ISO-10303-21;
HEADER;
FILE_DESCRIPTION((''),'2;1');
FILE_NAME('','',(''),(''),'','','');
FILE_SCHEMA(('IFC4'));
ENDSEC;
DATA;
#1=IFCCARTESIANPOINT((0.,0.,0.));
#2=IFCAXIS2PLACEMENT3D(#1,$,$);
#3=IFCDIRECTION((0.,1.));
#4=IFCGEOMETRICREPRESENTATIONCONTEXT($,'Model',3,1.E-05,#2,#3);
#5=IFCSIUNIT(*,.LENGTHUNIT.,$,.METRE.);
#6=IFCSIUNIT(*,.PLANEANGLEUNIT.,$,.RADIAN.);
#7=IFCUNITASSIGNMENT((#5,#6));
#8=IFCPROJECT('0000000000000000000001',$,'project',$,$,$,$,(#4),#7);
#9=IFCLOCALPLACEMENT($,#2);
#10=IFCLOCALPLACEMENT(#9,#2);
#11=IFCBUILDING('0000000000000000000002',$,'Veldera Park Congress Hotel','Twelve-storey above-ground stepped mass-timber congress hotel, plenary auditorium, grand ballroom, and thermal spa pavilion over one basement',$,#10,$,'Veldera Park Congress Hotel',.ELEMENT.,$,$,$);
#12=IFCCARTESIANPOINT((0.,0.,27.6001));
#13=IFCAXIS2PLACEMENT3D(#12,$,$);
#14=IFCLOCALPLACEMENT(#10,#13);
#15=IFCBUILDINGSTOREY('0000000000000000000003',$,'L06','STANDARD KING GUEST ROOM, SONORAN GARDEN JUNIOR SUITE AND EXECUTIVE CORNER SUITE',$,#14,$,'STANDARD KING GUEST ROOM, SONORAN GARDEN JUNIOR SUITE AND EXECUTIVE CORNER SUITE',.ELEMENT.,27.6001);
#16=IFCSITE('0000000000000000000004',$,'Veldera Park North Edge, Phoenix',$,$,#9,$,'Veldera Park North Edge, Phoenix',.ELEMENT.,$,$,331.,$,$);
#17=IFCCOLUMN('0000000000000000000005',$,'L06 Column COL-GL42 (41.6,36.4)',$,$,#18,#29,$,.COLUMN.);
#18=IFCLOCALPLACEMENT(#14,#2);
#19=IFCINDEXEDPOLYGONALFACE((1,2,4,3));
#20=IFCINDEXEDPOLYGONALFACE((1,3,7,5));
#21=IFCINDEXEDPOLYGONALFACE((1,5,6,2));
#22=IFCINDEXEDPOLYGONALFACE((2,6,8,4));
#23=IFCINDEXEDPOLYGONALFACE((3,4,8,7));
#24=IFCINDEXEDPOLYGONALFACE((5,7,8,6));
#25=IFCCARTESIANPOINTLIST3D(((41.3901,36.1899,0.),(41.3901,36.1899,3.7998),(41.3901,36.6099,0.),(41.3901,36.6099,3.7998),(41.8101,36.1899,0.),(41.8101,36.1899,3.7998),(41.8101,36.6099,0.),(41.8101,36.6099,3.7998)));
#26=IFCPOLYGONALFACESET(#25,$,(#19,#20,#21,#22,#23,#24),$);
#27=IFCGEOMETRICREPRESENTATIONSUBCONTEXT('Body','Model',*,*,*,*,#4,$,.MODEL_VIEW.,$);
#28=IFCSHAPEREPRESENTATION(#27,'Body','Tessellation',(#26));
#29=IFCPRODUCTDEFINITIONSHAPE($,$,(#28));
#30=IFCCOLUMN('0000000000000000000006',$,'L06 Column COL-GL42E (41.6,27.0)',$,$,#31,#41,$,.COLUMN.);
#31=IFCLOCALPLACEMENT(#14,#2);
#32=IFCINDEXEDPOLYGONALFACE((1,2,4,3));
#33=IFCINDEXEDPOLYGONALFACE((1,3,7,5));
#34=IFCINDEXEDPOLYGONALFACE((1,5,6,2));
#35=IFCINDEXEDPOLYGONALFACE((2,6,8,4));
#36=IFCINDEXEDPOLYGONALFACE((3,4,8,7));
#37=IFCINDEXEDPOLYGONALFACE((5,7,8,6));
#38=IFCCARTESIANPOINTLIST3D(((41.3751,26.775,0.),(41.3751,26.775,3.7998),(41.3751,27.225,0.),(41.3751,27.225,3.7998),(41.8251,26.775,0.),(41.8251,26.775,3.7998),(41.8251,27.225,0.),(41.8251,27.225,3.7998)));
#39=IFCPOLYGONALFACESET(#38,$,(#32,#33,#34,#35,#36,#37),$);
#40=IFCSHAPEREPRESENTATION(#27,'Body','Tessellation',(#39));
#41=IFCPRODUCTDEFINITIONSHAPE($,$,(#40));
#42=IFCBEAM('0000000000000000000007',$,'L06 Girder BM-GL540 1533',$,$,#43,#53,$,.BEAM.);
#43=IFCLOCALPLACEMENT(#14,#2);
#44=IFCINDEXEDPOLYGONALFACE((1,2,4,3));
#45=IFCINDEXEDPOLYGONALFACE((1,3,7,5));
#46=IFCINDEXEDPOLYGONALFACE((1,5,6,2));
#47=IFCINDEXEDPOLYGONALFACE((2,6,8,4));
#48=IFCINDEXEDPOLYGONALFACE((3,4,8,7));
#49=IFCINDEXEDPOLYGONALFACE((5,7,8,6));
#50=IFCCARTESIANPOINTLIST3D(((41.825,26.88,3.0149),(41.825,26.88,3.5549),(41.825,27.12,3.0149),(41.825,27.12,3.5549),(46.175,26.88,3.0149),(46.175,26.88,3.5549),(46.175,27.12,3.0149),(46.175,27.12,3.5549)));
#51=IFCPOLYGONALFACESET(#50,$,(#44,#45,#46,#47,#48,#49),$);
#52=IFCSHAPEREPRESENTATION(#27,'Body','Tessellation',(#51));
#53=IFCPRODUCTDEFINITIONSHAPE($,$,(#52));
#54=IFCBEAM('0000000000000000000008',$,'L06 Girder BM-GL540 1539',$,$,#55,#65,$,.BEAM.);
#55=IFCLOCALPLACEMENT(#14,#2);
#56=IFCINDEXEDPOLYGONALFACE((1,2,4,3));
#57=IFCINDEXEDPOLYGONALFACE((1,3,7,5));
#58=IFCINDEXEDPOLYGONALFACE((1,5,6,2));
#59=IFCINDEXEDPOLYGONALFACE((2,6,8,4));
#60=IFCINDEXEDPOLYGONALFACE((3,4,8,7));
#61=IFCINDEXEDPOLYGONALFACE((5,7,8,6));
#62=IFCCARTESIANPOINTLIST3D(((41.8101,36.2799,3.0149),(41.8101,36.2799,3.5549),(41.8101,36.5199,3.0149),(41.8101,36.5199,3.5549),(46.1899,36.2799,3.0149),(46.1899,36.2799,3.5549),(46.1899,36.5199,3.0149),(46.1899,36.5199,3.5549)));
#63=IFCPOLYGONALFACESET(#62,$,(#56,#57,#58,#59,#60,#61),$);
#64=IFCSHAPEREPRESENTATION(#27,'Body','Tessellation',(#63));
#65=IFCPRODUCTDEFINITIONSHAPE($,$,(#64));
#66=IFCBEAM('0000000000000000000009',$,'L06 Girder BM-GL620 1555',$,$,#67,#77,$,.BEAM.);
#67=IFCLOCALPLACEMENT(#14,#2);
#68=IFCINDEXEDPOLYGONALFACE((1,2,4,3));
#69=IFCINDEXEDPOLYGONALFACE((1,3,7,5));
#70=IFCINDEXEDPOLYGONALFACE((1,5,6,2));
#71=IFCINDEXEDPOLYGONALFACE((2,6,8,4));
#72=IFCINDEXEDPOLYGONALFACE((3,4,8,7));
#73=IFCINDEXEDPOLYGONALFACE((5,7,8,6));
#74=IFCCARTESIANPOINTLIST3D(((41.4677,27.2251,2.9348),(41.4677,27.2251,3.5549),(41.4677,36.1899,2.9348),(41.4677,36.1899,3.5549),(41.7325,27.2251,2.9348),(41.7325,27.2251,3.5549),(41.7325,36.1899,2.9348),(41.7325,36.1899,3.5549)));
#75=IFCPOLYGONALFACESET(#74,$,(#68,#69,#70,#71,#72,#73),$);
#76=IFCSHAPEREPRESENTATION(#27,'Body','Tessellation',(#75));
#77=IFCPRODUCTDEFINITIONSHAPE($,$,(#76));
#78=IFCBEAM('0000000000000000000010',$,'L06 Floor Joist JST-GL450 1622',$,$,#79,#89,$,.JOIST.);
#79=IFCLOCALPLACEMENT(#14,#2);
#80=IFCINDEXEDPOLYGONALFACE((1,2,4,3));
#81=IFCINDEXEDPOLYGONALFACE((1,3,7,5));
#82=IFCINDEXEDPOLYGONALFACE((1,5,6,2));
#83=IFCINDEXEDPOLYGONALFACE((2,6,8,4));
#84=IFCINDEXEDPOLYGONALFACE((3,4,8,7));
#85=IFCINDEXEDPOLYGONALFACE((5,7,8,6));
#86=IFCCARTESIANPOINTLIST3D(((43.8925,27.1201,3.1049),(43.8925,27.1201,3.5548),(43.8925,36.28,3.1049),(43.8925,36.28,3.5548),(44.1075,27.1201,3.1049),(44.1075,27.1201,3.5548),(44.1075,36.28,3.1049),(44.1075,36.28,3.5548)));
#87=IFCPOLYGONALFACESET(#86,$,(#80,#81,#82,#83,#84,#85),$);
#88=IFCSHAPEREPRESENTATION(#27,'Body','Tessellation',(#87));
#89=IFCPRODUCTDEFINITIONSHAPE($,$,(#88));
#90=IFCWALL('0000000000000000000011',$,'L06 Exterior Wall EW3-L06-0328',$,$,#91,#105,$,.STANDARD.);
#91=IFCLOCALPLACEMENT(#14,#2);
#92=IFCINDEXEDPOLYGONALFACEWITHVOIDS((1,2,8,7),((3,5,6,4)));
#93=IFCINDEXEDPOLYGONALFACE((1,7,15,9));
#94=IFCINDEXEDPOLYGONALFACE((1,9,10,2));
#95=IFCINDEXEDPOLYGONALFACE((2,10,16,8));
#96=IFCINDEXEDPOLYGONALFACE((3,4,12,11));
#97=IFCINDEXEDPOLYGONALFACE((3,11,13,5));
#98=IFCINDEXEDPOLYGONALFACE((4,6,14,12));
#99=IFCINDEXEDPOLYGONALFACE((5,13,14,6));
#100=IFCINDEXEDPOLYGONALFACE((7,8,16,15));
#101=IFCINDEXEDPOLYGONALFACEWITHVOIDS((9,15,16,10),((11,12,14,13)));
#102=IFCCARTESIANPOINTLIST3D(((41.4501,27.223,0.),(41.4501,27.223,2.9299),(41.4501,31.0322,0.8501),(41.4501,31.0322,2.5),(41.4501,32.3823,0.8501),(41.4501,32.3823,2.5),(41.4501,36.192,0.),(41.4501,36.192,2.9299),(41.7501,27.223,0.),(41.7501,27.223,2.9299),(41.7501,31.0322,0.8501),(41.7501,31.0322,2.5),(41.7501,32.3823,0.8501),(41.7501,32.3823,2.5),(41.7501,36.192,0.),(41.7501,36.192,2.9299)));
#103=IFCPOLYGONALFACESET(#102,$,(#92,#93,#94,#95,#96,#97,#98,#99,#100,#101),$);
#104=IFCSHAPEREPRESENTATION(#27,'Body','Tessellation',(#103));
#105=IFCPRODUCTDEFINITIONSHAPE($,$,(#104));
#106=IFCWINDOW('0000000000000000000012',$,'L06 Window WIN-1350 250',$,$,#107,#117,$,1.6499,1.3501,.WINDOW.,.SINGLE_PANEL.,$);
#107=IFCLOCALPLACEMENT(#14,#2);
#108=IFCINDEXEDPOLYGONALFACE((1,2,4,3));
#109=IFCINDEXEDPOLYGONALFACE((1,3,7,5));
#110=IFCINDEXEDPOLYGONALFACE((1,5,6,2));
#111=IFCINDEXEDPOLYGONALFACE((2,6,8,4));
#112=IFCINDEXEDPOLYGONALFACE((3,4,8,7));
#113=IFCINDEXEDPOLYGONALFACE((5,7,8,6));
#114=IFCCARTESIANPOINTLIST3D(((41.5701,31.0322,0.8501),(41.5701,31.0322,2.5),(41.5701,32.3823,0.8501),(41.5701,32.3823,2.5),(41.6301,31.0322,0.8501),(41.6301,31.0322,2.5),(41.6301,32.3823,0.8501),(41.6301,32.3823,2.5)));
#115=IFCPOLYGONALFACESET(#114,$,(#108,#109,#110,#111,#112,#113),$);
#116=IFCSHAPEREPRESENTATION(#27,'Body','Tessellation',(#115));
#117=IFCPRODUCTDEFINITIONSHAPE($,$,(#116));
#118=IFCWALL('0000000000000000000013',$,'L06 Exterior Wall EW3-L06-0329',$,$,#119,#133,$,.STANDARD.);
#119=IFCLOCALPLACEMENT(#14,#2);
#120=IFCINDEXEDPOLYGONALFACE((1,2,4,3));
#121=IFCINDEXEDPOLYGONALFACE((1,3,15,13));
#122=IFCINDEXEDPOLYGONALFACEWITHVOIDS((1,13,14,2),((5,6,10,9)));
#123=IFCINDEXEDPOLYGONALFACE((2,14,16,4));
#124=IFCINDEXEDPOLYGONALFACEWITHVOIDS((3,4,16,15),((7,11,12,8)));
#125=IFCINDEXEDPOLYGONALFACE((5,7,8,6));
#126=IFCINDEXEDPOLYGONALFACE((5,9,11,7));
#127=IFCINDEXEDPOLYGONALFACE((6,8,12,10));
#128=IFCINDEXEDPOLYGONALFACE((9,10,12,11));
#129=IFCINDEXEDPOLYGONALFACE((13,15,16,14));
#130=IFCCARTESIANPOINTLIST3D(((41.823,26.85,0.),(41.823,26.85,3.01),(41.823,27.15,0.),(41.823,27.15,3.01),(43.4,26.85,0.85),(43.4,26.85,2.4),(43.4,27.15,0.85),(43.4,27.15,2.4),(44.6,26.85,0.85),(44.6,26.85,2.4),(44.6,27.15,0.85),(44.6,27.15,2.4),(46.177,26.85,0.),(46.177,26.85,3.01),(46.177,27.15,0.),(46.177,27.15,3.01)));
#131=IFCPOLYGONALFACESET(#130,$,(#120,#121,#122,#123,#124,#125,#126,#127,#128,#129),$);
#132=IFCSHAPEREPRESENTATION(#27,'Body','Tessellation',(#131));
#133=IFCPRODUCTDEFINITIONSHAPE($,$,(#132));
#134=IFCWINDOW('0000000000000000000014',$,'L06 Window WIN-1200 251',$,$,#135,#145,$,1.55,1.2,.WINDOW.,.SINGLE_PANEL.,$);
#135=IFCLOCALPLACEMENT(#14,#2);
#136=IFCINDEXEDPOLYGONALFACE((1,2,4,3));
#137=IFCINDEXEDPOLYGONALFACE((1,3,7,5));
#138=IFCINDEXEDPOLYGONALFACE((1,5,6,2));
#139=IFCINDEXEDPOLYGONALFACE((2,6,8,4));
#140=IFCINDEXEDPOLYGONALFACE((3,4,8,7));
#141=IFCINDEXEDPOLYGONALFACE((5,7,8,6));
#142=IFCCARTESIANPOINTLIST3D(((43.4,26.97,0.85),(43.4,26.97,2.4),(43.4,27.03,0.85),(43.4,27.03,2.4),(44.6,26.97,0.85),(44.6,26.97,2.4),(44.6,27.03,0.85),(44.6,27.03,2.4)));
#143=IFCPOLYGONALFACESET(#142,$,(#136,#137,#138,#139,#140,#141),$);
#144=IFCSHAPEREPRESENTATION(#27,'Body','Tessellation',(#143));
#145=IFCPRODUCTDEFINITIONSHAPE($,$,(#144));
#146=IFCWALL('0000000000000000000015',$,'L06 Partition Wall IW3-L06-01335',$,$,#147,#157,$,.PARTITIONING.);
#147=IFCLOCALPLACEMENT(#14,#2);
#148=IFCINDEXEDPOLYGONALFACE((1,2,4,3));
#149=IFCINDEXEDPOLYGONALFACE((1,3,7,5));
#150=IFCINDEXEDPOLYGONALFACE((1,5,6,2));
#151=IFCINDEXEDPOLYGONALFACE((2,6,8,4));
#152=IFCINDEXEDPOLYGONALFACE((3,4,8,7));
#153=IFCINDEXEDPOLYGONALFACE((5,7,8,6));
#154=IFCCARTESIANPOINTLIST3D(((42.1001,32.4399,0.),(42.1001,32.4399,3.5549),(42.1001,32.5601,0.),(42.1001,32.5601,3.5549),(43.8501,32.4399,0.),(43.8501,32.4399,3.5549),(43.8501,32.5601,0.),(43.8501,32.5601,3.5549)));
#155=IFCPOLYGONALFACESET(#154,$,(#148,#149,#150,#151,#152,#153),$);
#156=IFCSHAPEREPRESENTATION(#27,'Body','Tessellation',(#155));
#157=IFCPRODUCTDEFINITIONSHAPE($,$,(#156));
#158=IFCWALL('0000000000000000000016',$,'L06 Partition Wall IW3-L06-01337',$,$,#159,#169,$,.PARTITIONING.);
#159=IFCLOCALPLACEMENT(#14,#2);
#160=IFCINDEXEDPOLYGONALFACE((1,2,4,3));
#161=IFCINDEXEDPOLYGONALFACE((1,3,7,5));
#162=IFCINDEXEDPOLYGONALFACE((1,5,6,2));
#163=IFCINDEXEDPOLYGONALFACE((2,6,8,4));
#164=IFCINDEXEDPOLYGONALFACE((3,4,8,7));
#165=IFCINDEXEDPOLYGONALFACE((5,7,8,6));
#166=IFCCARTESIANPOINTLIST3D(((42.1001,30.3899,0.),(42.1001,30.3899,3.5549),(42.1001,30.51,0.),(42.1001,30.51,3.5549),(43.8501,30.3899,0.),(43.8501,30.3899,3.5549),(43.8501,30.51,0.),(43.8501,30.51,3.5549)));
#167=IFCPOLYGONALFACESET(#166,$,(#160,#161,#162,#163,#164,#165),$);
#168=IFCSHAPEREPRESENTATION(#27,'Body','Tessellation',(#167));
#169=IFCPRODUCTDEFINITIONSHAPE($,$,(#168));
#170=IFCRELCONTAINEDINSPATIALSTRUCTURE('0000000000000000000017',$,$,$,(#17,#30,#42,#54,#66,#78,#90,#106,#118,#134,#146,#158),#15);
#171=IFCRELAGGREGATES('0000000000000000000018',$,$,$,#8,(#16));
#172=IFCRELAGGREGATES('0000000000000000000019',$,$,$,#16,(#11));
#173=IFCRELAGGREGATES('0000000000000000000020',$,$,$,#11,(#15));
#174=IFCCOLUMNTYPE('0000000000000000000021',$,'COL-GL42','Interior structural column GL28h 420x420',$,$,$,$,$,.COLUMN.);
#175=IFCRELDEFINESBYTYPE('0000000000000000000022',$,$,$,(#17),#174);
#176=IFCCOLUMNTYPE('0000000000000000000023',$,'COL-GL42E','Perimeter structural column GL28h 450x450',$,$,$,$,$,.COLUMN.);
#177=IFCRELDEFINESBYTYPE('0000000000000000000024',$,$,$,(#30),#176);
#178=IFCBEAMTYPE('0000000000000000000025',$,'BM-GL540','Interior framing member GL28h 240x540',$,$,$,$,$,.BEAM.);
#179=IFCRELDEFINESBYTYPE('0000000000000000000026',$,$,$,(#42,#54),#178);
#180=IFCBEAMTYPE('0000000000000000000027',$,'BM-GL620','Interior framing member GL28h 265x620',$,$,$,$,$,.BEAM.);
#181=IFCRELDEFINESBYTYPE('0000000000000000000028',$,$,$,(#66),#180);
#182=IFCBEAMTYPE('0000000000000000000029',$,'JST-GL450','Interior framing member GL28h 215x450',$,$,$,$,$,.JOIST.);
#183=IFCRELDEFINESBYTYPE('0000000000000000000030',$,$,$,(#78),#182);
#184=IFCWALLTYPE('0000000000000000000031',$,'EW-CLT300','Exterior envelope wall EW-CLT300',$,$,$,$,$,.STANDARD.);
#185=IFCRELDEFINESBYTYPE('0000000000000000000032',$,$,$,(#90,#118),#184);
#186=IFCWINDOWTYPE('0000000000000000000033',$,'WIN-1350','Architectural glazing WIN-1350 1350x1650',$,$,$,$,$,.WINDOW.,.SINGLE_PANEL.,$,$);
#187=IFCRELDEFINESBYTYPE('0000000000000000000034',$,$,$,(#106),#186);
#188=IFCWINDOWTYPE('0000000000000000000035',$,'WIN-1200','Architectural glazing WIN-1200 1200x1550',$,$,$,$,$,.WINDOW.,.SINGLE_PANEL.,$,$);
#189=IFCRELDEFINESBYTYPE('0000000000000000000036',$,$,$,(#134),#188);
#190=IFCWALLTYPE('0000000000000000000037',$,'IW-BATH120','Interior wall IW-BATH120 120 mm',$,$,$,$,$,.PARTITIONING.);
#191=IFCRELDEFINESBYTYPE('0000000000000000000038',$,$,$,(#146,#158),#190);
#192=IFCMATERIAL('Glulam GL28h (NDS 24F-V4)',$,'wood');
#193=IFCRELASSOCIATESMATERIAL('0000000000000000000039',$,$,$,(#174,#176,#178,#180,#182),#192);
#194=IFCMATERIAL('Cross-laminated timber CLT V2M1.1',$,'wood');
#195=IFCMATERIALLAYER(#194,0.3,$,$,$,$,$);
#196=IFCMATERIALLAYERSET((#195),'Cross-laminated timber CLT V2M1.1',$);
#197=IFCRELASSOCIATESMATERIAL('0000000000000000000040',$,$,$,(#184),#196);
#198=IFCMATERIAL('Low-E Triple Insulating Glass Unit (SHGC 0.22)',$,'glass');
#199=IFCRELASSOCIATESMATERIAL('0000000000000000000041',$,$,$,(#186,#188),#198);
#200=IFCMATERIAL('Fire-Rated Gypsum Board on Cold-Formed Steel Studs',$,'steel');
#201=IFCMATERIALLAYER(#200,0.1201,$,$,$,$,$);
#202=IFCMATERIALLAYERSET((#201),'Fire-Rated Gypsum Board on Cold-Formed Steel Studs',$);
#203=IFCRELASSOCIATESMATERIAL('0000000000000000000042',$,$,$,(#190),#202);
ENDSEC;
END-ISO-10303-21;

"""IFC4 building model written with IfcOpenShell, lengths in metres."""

from ifc_helpers import new_model, si_unit, direction, frame, frame_2d, origin, origin_2d, place, context, subcontext, project, spatial, rectangle, extrude, material, layer, layer_set, material_profile, profile_set, type_object, element, fill, save


model = new_model("IFC4")

# Units and contexts
model_context = context("Model", 3, precision=1e-05, world=origin(), true_north=direction((0.0, 1.0)))
body_context = subcontext(model_context, "Body", "Model", "MODEL_VIEW")
ifc_project = project(units=[si_unit("LENGTHUNIT", "METRE"), si_unit("PLANEANGLEUNIT", "RADIAN")], contexts=[model_context])

# Site, building, storey
site_placement = place(None, origin())
site = spatial("IfcSite", under=ifc_project, at=site_placement, Name="Veldera Park North Edge, Phoenix", LongName="Veldera Park North Edge, Phoenix", CompositionType="ELEMENT", RefElevation=331.0)
building_placement = place(site_placement, origin())
building = spatial("IfcBuilding", under=site, at=building_placement, Name="Veldera Park Congress Hotel", Description="Twelve-storey above-ground stepped mass-timber congress hotel, plenary auditorium, grand ballroom, and thermal spa pavilion over one basement", LongName="Veldera Park Congress Hotel", CompositionType="ELEMENT")
storey_placement = place(building_placement, frame((0.0, 0.0, 27.6001)))
storey = spatial("IfcBuildingStorey", under=building, at=storey_placement, Name="L06", Description="STANDARD KING GUEST ROOM, SONORAN GARDEN JUNIOR SUITE AND EXECUTIVE CORNER SUITE", LongName="STANDARD KING GUEST ROOM, SONORAN GARDEN JUNIOR SUITE AND EXECUTIVE CORNER SUITE", CompositionType="ELEMENT", Elevation=27.6001)

# Columns
ifc_material_1 = material(Name="Glulam GL28h (NDS 24F-V4)", Category="wood")
ifc_material_profile_1 = material_profile(ifc_material_1, rectangle(XDim=0.4199, YDim=0.4199, at=origin_2d()), Name="GL28h 420x420")
ifc_profile_set_1 = profile_set([ifc_material_profile_1], Name="Glulam GL28h (NDS 24F-V4)")
column_type_1 = type_object("IfcColumnType", Name="COL-GL42", Description="Interior structural column GL28h 420x420", PredefinedType="COLUMN", material=ifc_profile_set_1)
column_1_placement = place(storey_placement, frame((41.6001, 36.3999, 0.0), z_axis=(0.0, 0.0, 1.0), x_axis=(1.0, 0.0, 0.0)))
element("IfcColumn", 1, at=column_1_placement, inside=storey, type_object=column_type_1, Name="L06 Column COL-GL42 (41.6,36.4)", PredefinedType="COLUMN", context=body_context, shape_type="SweptSolid", body=[
    extrude(rectangle(XDim=0.4199, YDim=0.4199, at=origin_2d()), origin(), (0.0, 0.0, 1.0), 3.7998),
])
ifc_material_profile_2 = material_profile(ifc_material_1, rectangle(XDim=0.45, YDim=0.45, at=origin_2d()), Name="GL28h 450x450")
ifc_profile_set_2 = profile_set([ifc_material_profile_2], Name="Glulam GL28h (NDS 24F-V4)")
column_type_2 = type_object("IfcColumnType", Name="COL-GL42E", Description="Perimeter structural column GL28h 450x450", PredefinedType="COLUMN", material=ifc_profile_set_2)
column_2_placement = place(storey_placement, frame((41.6001, 27.0, 0.0), z_axis=(0.0, 0.0, 1.0), x_axis=(1.0, 0.0, 0.0)))
element("IfcColumn", 2, at=column_2_placement, inside=storey, type_object=column_type_2, Name="L06 Column COL-GL42E (41.6,27.0)", PredefinedType="COLUMN", context=body_context, shape_type="SweptSolid", body=[
    extrude(rectangle(XDim=0.45, YDim=0.45, at=origin_2d()), origin(), (0.0, 0.0, 1.0), 3.7998),
])

# Beams
ifc_material_profile_3 = material_profile(ifc_material_1, rectangle(XDim=0.24, YDim=0.54, at=origin_2d()), Name="GL28h 240x540")
ifc_profile_set_3 = profile_set([ifc_material_profile_3], Name="Glulam GL28h (NDS 24F-V4)")
beam_type_1 = type_object("IfcBeamType", Name="BM-GL540", Description="Interior framing member GL28h 240x540", PredefinedType="BEAM", material=ifc_profile_set_3)
beam_1_placement = place(storey_placement, frame((41.825, 27.0, 3.2849), z_axis=(1.0, 0.0, 0.0), x_axis=(0.0, 1.0, 0.0)))
element("IfcBeam", 3, at=beam_1_placement, inside=storey, type_object=beam_type_1, Name="L06 Girder BM-GL540 1533", PredefinedType="BEAM", context=body_context, shape_type="SweptSolid", body=[
    extrude(rectangle(XDim=0.24, YDim=0.54, at=origin_2d()), origin(), (0.0, 0.0, 1.0), 4.3501),
])
beam_2_placement = place(storey_placement, frame((41.8101, 36.3999, 3.2849), z_axis=(1.0, 0.0, 0.0), x_axis=(0.0, 1.0, 0.0)))
element("IfcBeam", 4, at=beam_2_placement, inside=storey, type_object=beam_type_1, Name="L06 Girder BM-GL540 1539", PredefinedType="BEAM", context=body_context, shape_type="SweptSolid", body=[
    extrude(rectangle(XDim=0.24, YDim=0.54, at=origin_2d()), origin(), (0.0, 0.0, 1.0), 4.3799),
])
ifc_material_profile_4 = material_profile(ifc_material_1, rectangle(XDim=0.2649, YDim=0.6201, at=origin_2d()), Name="GL28h 265x620")
ifc_profile_set_4 = profile_set([ifc_material_profile_4], Name="Glulam GL28h (NDS 24F-V4)")
beam_type_2 = type_object("IfcBeamType", Name="BM-GL620", Description="Interior framing member GL28h 265x620", PredefinedType="BEAM", material=ifc_profile_set_4)
beam_3_placement = place(storey_placement, frame((41.6001, 27.2251, 3.2449), z_axis=(0.0, 1.0, 0.0), x_axis=(-1.0, 0.0, 0.0)))
element("IfcBeam", 5, at=beam_3_placement, inside=storey, type_object=beam_type_2, Name="L06 Girder BM-GL620 1555", PredefinedType="BEAM", context=body_context, shape_type="SweptSolid", body=[
    extrude(rectangle(XDim=0.2649, YDim=0.6201, at=origin_2d()), origin(), (0.0, 0.0, 1.0), 8.9648),
])
ifc_material_profile_5 = material_profile(ifc_material_1, rectangle(XDim=0.2151, YDim=0.45, at=origin_2d()), Name="GL28h 215x450")
ifc_profile_set_5 = profile_set([ifc_material_profile_5], Name="Glulam GL28h (NDS 24F-V4)")
beam_type_3 = type_object("IfcBeamType", Name="JST-GL450", Description="Interior framing member GL28h 215x450", PredefinedType="JOIST", material=ifc_profile_set_5)
beam_4_placement = place(storey_placement, frame((44.0, 27.1201, 3.3298), z_axis=(0.0, 1.0, 0.0), x_axis=(-1.0, 0.0, 0.0)))
element("IfcBeam", 6, at=beam_4_placement, inside=storey, type_object=beam_type_3, Name="L06 Floor Joist JST-GL450 1622", PredefinedType="JOIST", context=body_context, shape_type="SweptSolid", body=[
    extrude(rectangle(XDim=0.2151, YDim=0.45, at=origin_2d()), origin(), (0.0, 0.0, 1.0), 9.1599),
])

# Walls, openings, windows
ifc_material_2 = material(Name="Cross-laminated timber CLT V2M1.1", Category="wood")
ifc_layer_1 = layer(ifc_material_2, 0.3)
ifc_layer_set_1 = layer_set([ifc_layer_1], Name="Cross-laminated timber CLT V2M1.1")
wall_type_1 = type_object("IfcWallType", Name="EW-CLT300", Description="Exterior envelope wall EW-CLT300", PredefinedType="STANDARD", material=ifc_layer_set_1)
wall_1_placement = place(storey_placement, frame((41.6001, 36.1919, 0.0), z_axis=(0.0, 0.0, 1.0), x_axis=(0.0, -1.0, 0.0)))
wall_1 = element("IfcWall", 7, at=wall_1_placement, inside=storey, type_object=wall_type_1, Name="L06 Exterior Wall EW3-L06-0328", PredefinedType="STANDARD", context=body_context, shape_type="SweptSolid", body=[
    extrude(rectangle(XDim=8.969, YDim=0.3, at=frame_2d((4.4844, 0.0))), origin(), (0.0, 0.0, 1.0), 2.9299),
])
opening_1_placement = place(wall_1_placement, frame((3.8096, 0.0, 0.8501)))
opening_1 = element("IfcOpeningElement", 8, at=opening_1_placement, cuts=wall_1, PredefinedType="OPENING", context=body_context, shape_type="SweptSolid", body=[
    extrude(rectangle(XDim=1.3501, YDim=1.6499, at=frame_2d((0.675, 0.825))), frame((0.0, 0.1621, 0.0), z_axis=(0.0, -1.0, 0.0), x_axis=(1.0, 0.0, 0.0)), (0.0, 0.0, 1.0), 0.324),
])
ifc_material_3 = material(Name="Low-E Triple Insulating Glass Unit (SHGC 0.22)", Category="glass")
window_type_1 = type_object("IfcWindowType", Name="WIN-1350", Description="Architectural glazing WIN-1350 1350x1650", PartitioningType="SINGLE_PANEL", PredefinedType="WINDOW", material=ifc_material_3)
window_1_placement = place(opening_1_placement, origin())
window_1 = element("IfcWindow", 9, at=window_1_placement, inside=storey, type_object=window_type_1, Name="L06 Window WIN-1350 250", OverallHeight=1.6499, OverallWidth=1.3501, PartitioningType="SINGLE_PANEL", PredefinedType="WINDOW", context=body_context, shape_type="SweptSolid", body=[
    extrude(rectangle(XDim=1.3501, YDim=1.6499, at=frame_2d((0.675, 0.825))), frame((0.0, 0.03, 0.0), z_axis=(0.0, -1.0, 0.0), x_axis=(1.0, 0.0, 0.0)), (0.0, 0.0, 1.0), 0.0601),
])
fill(opening_1, window_1)
wall_2_placement = place(storey_placement, frame((41.823, 27.0, 0.0), z_axis=(0.0, 0.0, 1.0), x_axis=(1.0, 0.0, 0.0)))
wall_2 = element("IfcWall", 10, at=wall_2_placement, inside=storey, type_object=wall_type_1, Name="L06 Exterior Wall EW3-L06-0329", PredefinedType="STANDARD", context=body_context, shape_type="SweptSolid", body=[
    extrude(rectangle(XDim=4.354, YDim=0.3, at=frame_2d((2.177, 0.0))), origin(), (0.0, 0.0, 1.0), 3.01),
])
opening_2_placement = place(wall_2_placement, frame((1.5769, 0.0, 0.8501)))
opening_2 = element("IfcOpeningElement", 11, at=opening_2_placement, cuts=wall_2, PredefinedType="OPENING", context=body_context, shape_type="SweptSolid", body=[
    extrude(rectangle(XDim=1.2, YDim=1.55, at=frame_2d((0.6001, 0.7749))), frame((0.0, 0.1621, 0.0), z_axis=(0.0, -1.0, 0.0), x_axis=(1.0, 0.0, 0.0)), (0.0, 0.0, 1.0), 0.324),
])
window_type_2 = type_object("IfcWindowType", Name="WIN-1200", Description="Architectural glazing WIN-1200 1200x1550", PartitioningType="SINGLE_PANEL", PredefinedType="WINDOW", material=ifc_material_3)
window_2_placement = place(opening_2_placement, origin())
window_2 = element("IfcWindow", 12, at=window_2_placement, inside=storey, type_object=window_type_2, Name="L06 Window WIN-1200 251", OverallHeight=1.55, OverallWidth=1.2, PartitioningType="SINGLE_PANEL", PredefinedType="WINDOW", context=body_context, shape_type="SweptSolid", body=[
    extrude(rectangle(XDim=1.2, YDim=1.55, at=frame_2d((0.6001, 0.7749))), frame((0.0, 0.03, 0.0), z_axis=(0.0, -1.0, 0.0), x_axis=(1.0, 0.0, 0.0)), (0.0, 0.0, 1.0), 0.0601),
])
fill(opening_2, window_2)

# Wall
ifc_material_4 = material(Name="Fire-Rated Gypsum Board on Cold-Formed Steel Studs", Category="steel")
ifc_layer_2 = layer(ifc_material_4, 0.1201)
ifc_layer_set_2 = layer_set([ifc_layer_2], Name="Fire-Rated Gypsum Board on Cold-Formed Steel Studs")
wall_type_2 = type_object("IfcWallType", Name="IW-BATH120", Description="Interior wall IW-BATH120 120 mm", PredefinedType="PARTITIONING", material=ifc_layer_set_2)
wall_3_placement = place(storey_placement, frame((42.1001, 32.5, 0.0), z_axis=(0.0, 0.0, 1.0), x_axis=(1.0, 0.0, 0.0)))
element("IfcWall", 13, at=wall_3_placement, inside=storey, type_object=wall_type_2, Name="L06 Partition Wall IW3-L06-01335", PredefinedType="PARTITIONING", context=body_context, shape_type="SweptSolid", body=[
    extrude(rectangle(XDim=1.75, YDim=0.1201, at=frame_2d((0.875, 0.0))), origin(), (0.0, 0.0, 1.0), 3.5549),
])

# Wall
for number, where, z_axis, x_axis, name in (
    (14, (42.1001, 30.45, 0.0), (0.0, 0.0, 1.0), (1.0, 0.0, 0.0), "L06 Partition Wall IW3-L06-01337"),
):
    element("IfcWall", number, at=place(storey_placement, frame(where, z_axis=z_axis, x_axis=x_axis)), inside=storey, type_object=wall_type_2, Name=name, PredefinedType="PARTITIONING", context=body_context, shape_type="SweptSolid", body=[
        extrude(rectangle(XDim=1.75, YDim=0.1201, at=frame_2d((0.875, 0.0))), origin(), (0.0, 0.0, 1.0), 3.5549),
    ])

save(model, "model.ifc")
